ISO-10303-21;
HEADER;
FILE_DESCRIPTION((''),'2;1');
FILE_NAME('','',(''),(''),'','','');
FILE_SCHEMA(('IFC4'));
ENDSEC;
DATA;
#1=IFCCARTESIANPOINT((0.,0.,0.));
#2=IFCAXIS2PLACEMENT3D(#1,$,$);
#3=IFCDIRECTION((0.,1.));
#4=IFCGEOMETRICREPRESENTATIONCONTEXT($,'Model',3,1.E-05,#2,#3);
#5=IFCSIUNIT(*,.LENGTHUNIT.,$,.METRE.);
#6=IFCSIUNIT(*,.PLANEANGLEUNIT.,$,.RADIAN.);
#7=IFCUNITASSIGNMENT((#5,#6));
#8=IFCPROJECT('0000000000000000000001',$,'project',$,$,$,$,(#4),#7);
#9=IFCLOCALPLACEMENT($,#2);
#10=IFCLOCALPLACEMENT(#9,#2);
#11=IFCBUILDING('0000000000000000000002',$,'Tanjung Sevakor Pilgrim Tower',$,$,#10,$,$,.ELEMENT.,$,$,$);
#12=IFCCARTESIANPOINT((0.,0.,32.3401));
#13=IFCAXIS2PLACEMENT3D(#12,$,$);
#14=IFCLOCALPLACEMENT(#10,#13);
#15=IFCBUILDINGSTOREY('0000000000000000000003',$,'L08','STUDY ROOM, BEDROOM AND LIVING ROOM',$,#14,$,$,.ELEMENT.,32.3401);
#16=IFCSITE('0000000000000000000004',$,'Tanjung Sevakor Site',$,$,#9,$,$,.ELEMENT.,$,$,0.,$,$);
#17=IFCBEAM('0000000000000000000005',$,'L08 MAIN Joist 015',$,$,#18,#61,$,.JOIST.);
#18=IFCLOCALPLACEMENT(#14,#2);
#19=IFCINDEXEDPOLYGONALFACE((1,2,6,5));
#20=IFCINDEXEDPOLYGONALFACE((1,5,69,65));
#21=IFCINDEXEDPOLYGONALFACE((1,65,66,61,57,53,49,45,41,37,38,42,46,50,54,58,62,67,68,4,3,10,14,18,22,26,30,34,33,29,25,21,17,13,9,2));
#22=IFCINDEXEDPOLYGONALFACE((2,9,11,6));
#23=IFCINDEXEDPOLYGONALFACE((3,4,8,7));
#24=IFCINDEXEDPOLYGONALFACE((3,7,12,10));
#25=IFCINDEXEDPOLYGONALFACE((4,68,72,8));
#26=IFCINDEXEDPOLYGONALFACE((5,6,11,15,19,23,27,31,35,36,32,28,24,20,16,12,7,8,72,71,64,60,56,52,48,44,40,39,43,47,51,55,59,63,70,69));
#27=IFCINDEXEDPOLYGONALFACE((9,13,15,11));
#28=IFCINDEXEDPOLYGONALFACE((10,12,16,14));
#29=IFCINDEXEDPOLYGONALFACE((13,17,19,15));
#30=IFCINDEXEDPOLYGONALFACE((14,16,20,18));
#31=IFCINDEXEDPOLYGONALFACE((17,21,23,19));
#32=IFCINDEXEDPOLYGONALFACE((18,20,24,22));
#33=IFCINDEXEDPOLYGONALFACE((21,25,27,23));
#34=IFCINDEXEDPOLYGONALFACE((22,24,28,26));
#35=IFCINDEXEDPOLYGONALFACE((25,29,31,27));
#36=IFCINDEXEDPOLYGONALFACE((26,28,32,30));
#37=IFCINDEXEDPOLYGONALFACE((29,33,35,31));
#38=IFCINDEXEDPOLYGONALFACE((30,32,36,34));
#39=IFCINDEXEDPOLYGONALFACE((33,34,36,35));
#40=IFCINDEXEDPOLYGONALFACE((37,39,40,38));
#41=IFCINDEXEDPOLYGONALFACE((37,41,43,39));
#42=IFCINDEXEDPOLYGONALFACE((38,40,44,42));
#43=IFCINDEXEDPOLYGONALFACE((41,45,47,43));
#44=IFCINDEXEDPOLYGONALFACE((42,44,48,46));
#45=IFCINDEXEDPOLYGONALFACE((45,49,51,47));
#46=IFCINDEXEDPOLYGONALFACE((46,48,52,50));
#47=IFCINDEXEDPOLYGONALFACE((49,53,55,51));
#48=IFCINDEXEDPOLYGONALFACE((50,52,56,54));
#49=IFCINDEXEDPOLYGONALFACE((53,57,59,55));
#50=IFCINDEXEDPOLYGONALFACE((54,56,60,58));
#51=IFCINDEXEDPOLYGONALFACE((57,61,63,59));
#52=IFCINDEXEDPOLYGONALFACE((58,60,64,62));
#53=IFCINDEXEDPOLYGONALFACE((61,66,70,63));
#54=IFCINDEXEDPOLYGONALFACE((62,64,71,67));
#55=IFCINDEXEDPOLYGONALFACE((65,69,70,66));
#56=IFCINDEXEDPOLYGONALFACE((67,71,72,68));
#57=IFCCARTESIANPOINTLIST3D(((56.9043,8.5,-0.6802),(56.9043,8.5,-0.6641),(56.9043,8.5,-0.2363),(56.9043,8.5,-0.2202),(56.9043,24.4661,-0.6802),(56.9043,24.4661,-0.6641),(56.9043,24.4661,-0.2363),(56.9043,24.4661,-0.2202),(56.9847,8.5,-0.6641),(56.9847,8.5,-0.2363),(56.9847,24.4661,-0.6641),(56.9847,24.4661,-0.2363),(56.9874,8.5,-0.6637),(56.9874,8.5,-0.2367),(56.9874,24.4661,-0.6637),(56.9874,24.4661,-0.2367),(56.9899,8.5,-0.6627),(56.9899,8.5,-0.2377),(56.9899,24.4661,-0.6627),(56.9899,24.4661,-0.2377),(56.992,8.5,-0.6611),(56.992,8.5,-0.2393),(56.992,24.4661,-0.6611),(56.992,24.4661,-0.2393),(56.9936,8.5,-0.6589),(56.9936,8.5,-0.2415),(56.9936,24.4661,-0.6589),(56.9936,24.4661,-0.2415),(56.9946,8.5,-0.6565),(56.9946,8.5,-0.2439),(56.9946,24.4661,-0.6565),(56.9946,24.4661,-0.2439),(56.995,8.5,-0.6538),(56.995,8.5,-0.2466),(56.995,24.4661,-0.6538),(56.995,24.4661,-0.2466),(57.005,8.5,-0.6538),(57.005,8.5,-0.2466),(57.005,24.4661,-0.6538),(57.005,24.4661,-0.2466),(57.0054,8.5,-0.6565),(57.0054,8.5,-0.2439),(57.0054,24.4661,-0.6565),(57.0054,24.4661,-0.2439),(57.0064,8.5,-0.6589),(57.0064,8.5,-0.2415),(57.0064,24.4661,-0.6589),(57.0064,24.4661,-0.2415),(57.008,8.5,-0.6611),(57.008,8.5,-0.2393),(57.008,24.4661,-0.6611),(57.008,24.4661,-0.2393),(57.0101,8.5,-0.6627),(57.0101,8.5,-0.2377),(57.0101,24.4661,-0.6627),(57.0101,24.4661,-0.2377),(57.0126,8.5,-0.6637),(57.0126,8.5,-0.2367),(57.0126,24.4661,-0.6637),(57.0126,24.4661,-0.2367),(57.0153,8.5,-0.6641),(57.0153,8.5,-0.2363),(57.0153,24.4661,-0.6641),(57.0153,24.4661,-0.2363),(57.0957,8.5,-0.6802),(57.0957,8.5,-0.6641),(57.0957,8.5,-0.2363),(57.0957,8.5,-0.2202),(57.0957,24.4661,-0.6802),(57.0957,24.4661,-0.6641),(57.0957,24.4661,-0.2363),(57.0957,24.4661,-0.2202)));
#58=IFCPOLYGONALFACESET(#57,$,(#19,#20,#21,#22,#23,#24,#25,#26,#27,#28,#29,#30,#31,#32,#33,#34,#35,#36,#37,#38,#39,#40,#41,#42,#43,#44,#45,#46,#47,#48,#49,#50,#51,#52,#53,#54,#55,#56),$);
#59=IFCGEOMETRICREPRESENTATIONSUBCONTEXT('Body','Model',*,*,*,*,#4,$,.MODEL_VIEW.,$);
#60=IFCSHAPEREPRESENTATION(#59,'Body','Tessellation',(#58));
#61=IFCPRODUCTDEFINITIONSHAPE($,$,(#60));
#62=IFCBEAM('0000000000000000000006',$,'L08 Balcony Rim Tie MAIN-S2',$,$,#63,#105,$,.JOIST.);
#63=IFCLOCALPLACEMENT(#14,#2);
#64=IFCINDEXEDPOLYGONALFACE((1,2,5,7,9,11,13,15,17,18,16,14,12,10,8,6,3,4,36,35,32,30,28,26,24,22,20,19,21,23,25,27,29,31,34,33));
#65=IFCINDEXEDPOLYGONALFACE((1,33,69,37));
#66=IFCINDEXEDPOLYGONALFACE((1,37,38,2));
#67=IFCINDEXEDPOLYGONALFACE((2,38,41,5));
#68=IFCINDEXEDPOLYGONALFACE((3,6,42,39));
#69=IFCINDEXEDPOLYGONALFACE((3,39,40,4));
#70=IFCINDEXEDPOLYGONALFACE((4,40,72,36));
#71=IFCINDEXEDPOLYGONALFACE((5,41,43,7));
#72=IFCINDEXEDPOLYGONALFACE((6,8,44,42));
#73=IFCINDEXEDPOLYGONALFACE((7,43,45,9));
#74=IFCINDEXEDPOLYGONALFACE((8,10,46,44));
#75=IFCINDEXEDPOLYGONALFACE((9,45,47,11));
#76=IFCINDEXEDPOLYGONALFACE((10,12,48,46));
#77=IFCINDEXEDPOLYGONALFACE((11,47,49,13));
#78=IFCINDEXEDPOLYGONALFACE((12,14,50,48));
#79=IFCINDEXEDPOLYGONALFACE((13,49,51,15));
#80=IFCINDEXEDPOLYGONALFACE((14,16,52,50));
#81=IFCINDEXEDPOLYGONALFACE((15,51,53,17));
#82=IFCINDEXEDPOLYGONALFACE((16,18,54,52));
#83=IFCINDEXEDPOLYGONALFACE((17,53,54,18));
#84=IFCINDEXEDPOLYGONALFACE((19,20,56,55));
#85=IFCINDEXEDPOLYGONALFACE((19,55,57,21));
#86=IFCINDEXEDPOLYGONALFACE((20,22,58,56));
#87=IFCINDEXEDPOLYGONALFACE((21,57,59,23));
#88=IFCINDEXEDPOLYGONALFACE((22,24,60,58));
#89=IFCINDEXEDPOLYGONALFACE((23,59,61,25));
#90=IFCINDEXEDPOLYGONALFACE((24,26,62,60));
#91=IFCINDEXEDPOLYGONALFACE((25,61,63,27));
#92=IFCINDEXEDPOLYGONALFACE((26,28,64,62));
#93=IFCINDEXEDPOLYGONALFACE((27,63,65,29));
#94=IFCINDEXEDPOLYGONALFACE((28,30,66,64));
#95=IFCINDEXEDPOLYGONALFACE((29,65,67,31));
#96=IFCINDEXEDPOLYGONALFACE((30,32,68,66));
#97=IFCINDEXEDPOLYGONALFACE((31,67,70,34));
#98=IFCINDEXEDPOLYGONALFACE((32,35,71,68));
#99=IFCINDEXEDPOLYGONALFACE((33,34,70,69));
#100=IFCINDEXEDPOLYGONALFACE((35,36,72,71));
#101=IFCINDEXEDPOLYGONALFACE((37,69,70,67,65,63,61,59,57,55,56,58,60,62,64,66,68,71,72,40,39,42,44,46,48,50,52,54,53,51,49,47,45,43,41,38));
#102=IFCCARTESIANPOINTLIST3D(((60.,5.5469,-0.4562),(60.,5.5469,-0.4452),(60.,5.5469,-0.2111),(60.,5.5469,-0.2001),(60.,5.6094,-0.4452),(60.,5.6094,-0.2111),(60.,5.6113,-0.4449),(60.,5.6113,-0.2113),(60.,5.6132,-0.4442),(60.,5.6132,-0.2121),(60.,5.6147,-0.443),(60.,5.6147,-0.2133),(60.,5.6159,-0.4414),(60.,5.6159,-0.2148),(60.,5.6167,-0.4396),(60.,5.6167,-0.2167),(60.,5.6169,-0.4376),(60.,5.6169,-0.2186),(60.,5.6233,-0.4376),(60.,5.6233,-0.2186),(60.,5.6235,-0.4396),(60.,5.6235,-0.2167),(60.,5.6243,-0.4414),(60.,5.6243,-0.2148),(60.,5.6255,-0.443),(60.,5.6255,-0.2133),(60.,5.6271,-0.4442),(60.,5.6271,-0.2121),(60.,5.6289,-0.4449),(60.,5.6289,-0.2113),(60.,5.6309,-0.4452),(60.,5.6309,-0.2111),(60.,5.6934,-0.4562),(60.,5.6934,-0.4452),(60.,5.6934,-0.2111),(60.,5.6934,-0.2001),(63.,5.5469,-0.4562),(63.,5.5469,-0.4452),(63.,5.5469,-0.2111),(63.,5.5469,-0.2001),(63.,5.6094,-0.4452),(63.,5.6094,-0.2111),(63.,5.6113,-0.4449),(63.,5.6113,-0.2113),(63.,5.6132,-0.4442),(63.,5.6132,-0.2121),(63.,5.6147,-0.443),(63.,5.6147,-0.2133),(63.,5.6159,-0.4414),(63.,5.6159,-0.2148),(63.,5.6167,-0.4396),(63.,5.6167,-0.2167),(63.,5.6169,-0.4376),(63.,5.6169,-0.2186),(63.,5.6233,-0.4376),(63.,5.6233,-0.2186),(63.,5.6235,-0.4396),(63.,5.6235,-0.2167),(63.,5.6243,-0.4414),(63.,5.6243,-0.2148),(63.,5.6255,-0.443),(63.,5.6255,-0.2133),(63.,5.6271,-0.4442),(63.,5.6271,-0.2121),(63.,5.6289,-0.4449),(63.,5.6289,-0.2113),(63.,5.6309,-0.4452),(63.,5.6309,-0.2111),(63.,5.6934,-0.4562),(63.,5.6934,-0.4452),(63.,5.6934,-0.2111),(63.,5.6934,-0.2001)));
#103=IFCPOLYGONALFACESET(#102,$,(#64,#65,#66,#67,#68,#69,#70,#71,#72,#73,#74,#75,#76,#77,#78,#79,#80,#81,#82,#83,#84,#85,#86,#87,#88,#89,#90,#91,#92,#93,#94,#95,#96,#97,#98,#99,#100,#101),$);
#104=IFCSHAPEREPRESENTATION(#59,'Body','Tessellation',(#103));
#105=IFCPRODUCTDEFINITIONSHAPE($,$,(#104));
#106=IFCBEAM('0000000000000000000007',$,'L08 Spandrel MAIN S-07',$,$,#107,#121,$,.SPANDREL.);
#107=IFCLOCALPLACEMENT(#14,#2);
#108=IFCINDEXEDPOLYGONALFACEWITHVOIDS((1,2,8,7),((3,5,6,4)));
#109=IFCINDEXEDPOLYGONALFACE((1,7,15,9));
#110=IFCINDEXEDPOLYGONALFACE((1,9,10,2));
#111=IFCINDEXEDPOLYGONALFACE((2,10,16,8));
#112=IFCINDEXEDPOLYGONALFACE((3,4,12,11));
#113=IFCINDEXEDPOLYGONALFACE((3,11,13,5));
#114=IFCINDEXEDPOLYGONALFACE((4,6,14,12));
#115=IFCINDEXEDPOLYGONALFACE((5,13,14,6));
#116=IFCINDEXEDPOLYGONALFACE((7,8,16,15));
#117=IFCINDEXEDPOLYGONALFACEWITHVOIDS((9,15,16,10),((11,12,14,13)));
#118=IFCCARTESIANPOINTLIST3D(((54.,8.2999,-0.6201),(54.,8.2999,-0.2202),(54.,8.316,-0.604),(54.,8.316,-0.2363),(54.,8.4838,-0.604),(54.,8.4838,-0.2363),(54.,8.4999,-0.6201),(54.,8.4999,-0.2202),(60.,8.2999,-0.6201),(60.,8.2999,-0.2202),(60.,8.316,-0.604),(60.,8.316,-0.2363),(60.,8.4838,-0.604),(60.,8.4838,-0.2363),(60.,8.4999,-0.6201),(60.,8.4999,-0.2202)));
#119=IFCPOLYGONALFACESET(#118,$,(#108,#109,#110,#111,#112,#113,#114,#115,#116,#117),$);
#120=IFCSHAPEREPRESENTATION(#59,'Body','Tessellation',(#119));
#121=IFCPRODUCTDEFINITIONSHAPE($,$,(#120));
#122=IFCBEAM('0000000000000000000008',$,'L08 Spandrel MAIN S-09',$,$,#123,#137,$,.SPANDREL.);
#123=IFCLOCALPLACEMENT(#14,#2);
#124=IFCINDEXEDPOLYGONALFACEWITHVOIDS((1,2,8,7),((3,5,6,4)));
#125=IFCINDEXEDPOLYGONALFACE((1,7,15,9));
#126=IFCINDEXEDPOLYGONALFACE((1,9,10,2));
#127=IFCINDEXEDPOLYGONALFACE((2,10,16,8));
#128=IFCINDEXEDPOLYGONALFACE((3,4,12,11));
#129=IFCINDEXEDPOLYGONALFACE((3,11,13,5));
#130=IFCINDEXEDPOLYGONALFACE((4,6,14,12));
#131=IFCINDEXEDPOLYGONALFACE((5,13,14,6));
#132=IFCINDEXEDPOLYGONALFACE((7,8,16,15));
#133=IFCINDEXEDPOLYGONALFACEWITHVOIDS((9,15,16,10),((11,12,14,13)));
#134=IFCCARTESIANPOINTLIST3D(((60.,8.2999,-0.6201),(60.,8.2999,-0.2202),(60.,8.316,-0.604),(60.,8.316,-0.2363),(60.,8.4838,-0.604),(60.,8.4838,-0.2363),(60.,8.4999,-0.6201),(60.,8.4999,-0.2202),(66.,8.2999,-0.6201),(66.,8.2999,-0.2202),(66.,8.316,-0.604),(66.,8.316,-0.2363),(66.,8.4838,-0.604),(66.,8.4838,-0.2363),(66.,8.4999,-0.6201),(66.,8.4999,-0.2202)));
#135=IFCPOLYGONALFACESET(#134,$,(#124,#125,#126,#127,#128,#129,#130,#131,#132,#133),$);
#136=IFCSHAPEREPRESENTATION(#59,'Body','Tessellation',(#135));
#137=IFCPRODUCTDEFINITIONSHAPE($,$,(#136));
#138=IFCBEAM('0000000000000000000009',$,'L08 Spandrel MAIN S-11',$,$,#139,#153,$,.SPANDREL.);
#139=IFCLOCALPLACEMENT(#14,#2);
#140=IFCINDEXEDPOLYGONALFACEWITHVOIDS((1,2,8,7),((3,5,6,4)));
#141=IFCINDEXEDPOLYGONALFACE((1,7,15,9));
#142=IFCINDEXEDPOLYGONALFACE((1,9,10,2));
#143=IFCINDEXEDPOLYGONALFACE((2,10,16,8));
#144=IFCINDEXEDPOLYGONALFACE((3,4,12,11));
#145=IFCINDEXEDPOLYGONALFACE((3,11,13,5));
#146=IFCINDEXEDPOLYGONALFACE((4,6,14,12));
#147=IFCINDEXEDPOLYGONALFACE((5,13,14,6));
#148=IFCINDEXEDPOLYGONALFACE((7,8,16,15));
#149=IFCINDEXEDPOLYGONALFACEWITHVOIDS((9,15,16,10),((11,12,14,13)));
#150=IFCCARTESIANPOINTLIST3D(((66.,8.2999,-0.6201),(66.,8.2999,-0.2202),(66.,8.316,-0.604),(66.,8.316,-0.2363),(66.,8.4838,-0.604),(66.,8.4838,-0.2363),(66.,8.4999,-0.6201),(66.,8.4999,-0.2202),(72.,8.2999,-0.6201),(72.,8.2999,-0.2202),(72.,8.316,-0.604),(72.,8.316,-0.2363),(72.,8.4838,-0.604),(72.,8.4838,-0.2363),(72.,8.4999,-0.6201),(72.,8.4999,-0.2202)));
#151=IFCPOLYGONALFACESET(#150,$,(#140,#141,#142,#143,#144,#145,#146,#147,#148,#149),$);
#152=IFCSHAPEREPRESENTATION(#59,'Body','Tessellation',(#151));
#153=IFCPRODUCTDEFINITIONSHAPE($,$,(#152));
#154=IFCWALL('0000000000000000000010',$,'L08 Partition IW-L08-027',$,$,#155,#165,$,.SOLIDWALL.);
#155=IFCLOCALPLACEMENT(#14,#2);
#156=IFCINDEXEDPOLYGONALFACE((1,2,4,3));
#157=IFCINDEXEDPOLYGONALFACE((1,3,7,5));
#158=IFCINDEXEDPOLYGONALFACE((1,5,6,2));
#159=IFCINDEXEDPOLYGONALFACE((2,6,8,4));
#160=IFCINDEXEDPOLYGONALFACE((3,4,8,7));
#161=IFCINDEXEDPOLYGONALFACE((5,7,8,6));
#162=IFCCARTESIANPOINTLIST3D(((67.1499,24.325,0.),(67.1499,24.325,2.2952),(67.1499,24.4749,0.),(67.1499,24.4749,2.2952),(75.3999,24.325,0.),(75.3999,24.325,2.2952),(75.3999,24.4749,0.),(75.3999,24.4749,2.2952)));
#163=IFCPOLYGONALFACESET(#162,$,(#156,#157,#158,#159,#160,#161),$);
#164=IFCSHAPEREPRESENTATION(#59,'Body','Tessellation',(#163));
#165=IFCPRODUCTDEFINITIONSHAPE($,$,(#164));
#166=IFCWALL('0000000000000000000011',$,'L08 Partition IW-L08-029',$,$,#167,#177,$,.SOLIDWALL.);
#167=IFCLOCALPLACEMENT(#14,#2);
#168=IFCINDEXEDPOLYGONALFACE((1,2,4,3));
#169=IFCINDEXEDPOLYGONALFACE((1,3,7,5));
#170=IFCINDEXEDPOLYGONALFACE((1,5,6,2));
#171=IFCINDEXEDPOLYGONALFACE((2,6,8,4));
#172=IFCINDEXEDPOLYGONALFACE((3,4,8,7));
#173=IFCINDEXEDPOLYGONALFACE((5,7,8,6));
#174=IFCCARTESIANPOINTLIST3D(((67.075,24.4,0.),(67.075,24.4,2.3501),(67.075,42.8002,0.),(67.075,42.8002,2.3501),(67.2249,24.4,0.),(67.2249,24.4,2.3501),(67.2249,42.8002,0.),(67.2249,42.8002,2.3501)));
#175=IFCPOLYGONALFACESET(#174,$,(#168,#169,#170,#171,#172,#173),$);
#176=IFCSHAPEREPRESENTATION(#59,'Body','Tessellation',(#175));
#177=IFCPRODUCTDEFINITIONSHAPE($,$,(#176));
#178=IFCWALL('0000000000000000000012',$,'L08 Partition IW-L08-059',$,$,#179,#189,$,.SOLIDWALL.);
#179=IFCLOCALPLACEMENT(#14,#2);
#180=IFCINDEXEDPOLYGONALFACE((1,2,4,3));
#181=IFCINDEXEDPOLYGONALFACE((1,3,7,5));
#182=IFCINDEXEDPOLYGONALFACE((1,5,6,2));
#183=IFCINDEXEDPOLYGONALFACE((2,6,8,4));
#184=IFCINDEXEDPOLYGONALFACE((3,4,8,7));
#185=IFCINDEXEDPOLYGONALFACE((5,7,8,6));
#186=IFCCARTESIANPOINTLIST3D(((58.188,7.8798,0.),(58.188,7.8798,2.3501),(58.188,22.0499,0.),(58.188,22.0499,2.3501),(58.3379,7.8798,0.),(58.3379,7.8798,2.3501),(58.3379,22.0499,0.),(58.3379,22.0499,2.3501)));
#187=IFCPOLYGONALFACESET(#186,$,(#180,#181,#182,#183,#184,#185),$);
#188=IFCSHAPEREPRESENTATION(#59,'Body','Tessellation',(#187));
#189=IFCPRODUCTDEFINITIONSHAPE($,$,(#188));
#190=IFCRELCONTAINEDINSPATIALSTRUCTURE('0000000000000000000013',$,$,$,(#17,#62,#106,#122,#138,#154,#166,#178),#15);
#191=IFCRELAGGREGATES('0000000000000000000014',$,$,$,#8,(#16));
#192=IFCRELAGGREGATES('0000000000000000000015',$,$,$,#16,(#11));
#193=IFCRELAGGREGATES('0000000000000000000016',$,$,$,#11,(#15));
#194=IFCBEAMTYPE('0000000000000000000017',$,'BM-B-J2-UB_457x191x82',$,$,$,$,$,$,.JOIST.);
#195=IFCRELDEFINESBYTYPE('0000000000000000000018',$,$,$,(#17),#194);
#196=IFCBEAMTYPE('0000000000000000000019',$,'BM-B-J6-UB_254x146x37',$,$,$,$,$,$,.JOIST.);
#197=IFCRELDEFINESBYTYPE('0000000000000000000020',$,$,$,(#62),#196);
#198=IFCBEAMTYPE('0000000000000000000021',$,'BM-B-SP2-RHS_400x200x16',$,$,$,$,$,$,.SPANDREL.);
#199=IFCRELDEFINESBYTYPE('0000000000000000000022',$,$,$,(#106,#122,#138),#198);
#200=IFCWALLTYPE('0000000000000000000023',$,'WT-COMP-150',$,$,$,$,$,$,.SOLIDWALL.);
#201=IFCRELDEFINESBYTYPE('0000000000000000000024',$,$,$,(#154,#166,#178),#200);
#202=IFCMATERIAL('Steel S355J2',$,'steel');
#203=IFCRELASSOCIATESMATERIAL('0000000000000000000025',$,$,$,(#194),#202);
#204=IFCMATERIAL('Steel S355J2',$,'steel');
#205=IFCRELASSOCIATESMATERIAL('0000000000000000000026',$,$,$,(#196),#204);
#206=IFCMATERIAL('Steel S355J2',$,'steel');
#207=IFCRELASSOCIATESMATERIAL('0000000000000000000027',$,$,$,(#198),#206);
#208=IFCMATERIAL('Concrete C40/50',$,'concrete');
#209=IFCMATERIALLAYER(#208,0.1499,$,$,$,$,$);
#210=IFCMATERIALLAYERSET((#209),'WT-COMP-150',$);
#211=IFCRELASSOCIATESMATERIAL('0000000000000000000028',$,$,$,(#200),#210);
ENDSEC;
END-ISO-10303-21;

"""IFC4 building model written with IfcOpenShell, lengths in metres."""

from ifc_helpers import new_model, si_unit, direction, frame, frame_2d, origin, origin_2d, place, context, subcontext, project, spatial, rectangle, hollow_rectangle, i_section, extrude, material, layer, layer_set, material_profile, profile_set, type_object, element, save


model = new_model("IFC4")

# Units and contexts
model_context = context("Model", 3, precision=1e-05, world=origin(), true_north=direction((0.0, 1.0)))
body_context = subcontext(model_context, "Body", "Model", "MODEL_VIEW")
ifc_project = project(units=[si_unit("LENGTHUNIT", "METRE"), si_unit("PLANEANGLEUNIT", "RADIAN")], contexts=[model_context])

# Site, building, storey
site_placement = place(None, origin())
site = spatial("IfcSite", under=ifc_project, at=site_placement, Name="Tanjung Sevakor Site", CompositionType="ELEMENT", RefElevation=0.0)
building_placement = place(site_placement, origin())
building = spatial("IfcBuilding", under=site, at=building_placement, Name="Tanjung Sevakor Pilgrim Tower", CompositionType="ELEMENT")
storey_placement = place(building_placement, frame((0.0, 0.0, 32.3401)))
storey = spatial("IfcBuildingStorey", under=building, at=storey_placement, Name="L08", Description="STUDY ROOM, BEDROOM AND LIVING ROOM", CompositionType="ELEMENT", Elevation=32.3401)

# Beams
ifc_material_1 = material(Name="Steel S355J2", Category="steel")
ifc_material_profile_1 = material_profile(ifc_material_1, i_section(OverallWidth=0.1914, OverallDepth=0.46, WebThickness=0.01, FlangeThickness=0.0161, FilletRadius=0.0103, at=origin_2d()))
ifc_profile_set_1 = profile_set([ifc_material_profile_1], Name="Steel S355J2")
beam_type_1 = type_object("IfcBeamType", Name="BM-B-J2-UB_457x191x82", PredefinedType="JOIST", material=ifc_profile_set_1)
beam_1_placement = place(storey_placement, frame((57.0, 8.5, -0.4502), z_axis=(0.0, 1.0, 0.0), x_axis=(-1.0, 0.0, 0.0)))
element("IfcBeam", 1, at=beam_1_placement, inside=storey, type_object=beam_type_1, Name="L08 MAIN Joist 015", PredefinedType="JOIST", context=body_context, shape_type="SweptSolid", body=[
    extrude(i_section(OverallWidth=0.1914, OverallDepth=0.46, WebThickness=0.01, FlangeThickness=0.0161, FilletRadius=0.0103, at=origin_2d()), origin(), (0.0, 0.0, 1.0), 15.9661),
])
ifc_material_2 = material(Name="Steel S355J2", Category="steel")
ifc_material_profile_2 = material_profile(ifc_material_2, i_section(OverallWidth=0.1465, OverallDepth=0.2561, WebThickness=0.0063, FlangeThickness=0.011, FilletRadius=0.0076, at=origin_2d()))
ifc_profile_set_2 = profile_set([ifc_material_profile_2], Name="Steel S355J2")
beam_type_2 = type_object("IfcBeamType", Name="BM-B-J6-UB_254x146x37", PredefinedType="JOIST", material=ifc_profile_set_2)
beam_2_placement = place(storey_placement, frame((60.0, 5.6201, -0.3281), z_axis=(1.0, 0.0, 0.0), x_axis=(0.0, 1.0, 0.0)))
element("IfcBeam", 2, at=beam_2_placement, inside=storey, type_object=beam_type_2, Name="L08 Balcony Rim Tie MAIN-S2", PredefinedType="JOIST", context=body_context, shape_type="SweptSolid", body=[
    extrude(i_section(OverallWidth=0.1465, OverallDepth=0.2561, WebThickness=0.0063, FlangeThickness=0.011, FilletRadius=0.0076, at=origin_2d()), origin(), (0.0, 0.0, 1.0), 3.0),
])
ifc_material_3 = material(Name="Steel S355J2", Category="steel")
ifc_material_profile_3 = material_profile(ifc_material_3, hollow_rectangle(XDim=0.2, YDim=0.3999, WallThickness=0.0161, at=origin_2d()))
ifc_profile_set_3 = profile_set([ifc_material_profile_3], Name="Steel S355J2")
beam_type_3 = type_object("IfcBeamType", Name="BM-B-SP2-RHS_400x200x16", PredefinedType="SPANDREL", material=ifc_profile_set_3)
for number, where, z_axis, x_axis, name in (
    (3, (54.0, 8.3999, -0.4202), (1.0, 0.0, 0.0), (0.0, 1.0, 0.0), "L08 Spandrel MAIN S-07"),
    (4, (60.0, 8.3999, -0.4202), (1.0, 0.0, 0.0), (0.0, 1.0, 0.0), "L08 Spandrel MAIN S-09"),
    (5, (66.0, 8.3999, -0.4202), (1.0, 0.0, 0.0), (0.0, 1.0, 0.0), "L08 Spandrel MAIN S-11"),
):
    element("IfcBeam", number, at=place(storey_placement, frame(where, z_axis=z_axis, x_axis=x_axis)), inside=storey, type_object=beam_type_3, Name=name, PredefinedType="SPANDREL", context=body_context, shape_type="SweptSolid", body=[
        extrude(hollow_rectangle(XDim=0.2, YDim=0.3999, WallThickness=0.0161, at=origin_2d()), origin(), (0.0, 0.0, 1.0), 6.0),
    ])

# Walls
ifc_material_4 = material(Name="Concrete C40/50", Category="concrete")
ifc_layer_1 = layer(ifc_material_4, 0.1499)
ifc_layer_set_1 = layer_set([ifc_layer_1], Name="WT-COMP-150")
wall_type_1 = type_object("IfcWallType", Name="WT-COMP-150", PredefinedType="SOLIDWALL", material=ifc_layer_set_1)
wall_1_placement = place(storey_placement, frame((67.1499, 24.3999, 0.0), z_axis=(0.0, 0.0, 1.0), x_axis=(1.0, 0.0, 0.0)))
element("IfcWall", 6, at=wall_1_placement, inside=storey, type_object=wall_type_1, Name="L08 Partition IW-L08-027", PredefinedType="SOLIDWALL", context=body_context, shape_type="SweptSolid", body=[
    extrude(rectangle(XDim=8.25, YDim=0.1499, at=frame_2d((4.125, 0.0))), origin(), (0.0, 0.0, 1.0), 2.2952),
])
wall_2_placement = place(storey_placement, frame((67.1499, 24.3999, 0.0), z_axis=(0.0, 0.0, 1.0), x_axis=(0.0, 1.0, 0.0)))
element("IfcWall", 7, at=wall_2_placement, inside=storey, type_object=wall_type_1, Name="L08 Partition IW-L08-029", PredefinedType="SOLIDWALL", context=body_context, shape_type="SweptSolid", body=[
    extrude(rectangle(XDim=18.4001, YDim=0.1499, at=frame_2d((9.2002, 0.0))), origin(), (0.0, 0.0, 1.0), 2.3501),
])
wall_3_placement = place(storey_placement, frame((58.2629, 7.8799, 0.0), z_axis=(0.0, 0.0, 1.0), x_axis=(0.0, 1.0, 0.0)))
element("IfcWall", 8, at=wall_3_placement, inside=storey, type_object=wall_type_1, Name="L08 Partition IW-L08-059", PredefinedType="SOLIDWALL", context=body_context, shape_type="SweptSolid", body=[
    extrude(rectangle(XDim=14.1702, YDim=0.1499, at=frame_2d((7.085, 0.0))), origin(), (0.0, 0.0, 1.0), 2.3501),
])

save(model, "model.ifc")
